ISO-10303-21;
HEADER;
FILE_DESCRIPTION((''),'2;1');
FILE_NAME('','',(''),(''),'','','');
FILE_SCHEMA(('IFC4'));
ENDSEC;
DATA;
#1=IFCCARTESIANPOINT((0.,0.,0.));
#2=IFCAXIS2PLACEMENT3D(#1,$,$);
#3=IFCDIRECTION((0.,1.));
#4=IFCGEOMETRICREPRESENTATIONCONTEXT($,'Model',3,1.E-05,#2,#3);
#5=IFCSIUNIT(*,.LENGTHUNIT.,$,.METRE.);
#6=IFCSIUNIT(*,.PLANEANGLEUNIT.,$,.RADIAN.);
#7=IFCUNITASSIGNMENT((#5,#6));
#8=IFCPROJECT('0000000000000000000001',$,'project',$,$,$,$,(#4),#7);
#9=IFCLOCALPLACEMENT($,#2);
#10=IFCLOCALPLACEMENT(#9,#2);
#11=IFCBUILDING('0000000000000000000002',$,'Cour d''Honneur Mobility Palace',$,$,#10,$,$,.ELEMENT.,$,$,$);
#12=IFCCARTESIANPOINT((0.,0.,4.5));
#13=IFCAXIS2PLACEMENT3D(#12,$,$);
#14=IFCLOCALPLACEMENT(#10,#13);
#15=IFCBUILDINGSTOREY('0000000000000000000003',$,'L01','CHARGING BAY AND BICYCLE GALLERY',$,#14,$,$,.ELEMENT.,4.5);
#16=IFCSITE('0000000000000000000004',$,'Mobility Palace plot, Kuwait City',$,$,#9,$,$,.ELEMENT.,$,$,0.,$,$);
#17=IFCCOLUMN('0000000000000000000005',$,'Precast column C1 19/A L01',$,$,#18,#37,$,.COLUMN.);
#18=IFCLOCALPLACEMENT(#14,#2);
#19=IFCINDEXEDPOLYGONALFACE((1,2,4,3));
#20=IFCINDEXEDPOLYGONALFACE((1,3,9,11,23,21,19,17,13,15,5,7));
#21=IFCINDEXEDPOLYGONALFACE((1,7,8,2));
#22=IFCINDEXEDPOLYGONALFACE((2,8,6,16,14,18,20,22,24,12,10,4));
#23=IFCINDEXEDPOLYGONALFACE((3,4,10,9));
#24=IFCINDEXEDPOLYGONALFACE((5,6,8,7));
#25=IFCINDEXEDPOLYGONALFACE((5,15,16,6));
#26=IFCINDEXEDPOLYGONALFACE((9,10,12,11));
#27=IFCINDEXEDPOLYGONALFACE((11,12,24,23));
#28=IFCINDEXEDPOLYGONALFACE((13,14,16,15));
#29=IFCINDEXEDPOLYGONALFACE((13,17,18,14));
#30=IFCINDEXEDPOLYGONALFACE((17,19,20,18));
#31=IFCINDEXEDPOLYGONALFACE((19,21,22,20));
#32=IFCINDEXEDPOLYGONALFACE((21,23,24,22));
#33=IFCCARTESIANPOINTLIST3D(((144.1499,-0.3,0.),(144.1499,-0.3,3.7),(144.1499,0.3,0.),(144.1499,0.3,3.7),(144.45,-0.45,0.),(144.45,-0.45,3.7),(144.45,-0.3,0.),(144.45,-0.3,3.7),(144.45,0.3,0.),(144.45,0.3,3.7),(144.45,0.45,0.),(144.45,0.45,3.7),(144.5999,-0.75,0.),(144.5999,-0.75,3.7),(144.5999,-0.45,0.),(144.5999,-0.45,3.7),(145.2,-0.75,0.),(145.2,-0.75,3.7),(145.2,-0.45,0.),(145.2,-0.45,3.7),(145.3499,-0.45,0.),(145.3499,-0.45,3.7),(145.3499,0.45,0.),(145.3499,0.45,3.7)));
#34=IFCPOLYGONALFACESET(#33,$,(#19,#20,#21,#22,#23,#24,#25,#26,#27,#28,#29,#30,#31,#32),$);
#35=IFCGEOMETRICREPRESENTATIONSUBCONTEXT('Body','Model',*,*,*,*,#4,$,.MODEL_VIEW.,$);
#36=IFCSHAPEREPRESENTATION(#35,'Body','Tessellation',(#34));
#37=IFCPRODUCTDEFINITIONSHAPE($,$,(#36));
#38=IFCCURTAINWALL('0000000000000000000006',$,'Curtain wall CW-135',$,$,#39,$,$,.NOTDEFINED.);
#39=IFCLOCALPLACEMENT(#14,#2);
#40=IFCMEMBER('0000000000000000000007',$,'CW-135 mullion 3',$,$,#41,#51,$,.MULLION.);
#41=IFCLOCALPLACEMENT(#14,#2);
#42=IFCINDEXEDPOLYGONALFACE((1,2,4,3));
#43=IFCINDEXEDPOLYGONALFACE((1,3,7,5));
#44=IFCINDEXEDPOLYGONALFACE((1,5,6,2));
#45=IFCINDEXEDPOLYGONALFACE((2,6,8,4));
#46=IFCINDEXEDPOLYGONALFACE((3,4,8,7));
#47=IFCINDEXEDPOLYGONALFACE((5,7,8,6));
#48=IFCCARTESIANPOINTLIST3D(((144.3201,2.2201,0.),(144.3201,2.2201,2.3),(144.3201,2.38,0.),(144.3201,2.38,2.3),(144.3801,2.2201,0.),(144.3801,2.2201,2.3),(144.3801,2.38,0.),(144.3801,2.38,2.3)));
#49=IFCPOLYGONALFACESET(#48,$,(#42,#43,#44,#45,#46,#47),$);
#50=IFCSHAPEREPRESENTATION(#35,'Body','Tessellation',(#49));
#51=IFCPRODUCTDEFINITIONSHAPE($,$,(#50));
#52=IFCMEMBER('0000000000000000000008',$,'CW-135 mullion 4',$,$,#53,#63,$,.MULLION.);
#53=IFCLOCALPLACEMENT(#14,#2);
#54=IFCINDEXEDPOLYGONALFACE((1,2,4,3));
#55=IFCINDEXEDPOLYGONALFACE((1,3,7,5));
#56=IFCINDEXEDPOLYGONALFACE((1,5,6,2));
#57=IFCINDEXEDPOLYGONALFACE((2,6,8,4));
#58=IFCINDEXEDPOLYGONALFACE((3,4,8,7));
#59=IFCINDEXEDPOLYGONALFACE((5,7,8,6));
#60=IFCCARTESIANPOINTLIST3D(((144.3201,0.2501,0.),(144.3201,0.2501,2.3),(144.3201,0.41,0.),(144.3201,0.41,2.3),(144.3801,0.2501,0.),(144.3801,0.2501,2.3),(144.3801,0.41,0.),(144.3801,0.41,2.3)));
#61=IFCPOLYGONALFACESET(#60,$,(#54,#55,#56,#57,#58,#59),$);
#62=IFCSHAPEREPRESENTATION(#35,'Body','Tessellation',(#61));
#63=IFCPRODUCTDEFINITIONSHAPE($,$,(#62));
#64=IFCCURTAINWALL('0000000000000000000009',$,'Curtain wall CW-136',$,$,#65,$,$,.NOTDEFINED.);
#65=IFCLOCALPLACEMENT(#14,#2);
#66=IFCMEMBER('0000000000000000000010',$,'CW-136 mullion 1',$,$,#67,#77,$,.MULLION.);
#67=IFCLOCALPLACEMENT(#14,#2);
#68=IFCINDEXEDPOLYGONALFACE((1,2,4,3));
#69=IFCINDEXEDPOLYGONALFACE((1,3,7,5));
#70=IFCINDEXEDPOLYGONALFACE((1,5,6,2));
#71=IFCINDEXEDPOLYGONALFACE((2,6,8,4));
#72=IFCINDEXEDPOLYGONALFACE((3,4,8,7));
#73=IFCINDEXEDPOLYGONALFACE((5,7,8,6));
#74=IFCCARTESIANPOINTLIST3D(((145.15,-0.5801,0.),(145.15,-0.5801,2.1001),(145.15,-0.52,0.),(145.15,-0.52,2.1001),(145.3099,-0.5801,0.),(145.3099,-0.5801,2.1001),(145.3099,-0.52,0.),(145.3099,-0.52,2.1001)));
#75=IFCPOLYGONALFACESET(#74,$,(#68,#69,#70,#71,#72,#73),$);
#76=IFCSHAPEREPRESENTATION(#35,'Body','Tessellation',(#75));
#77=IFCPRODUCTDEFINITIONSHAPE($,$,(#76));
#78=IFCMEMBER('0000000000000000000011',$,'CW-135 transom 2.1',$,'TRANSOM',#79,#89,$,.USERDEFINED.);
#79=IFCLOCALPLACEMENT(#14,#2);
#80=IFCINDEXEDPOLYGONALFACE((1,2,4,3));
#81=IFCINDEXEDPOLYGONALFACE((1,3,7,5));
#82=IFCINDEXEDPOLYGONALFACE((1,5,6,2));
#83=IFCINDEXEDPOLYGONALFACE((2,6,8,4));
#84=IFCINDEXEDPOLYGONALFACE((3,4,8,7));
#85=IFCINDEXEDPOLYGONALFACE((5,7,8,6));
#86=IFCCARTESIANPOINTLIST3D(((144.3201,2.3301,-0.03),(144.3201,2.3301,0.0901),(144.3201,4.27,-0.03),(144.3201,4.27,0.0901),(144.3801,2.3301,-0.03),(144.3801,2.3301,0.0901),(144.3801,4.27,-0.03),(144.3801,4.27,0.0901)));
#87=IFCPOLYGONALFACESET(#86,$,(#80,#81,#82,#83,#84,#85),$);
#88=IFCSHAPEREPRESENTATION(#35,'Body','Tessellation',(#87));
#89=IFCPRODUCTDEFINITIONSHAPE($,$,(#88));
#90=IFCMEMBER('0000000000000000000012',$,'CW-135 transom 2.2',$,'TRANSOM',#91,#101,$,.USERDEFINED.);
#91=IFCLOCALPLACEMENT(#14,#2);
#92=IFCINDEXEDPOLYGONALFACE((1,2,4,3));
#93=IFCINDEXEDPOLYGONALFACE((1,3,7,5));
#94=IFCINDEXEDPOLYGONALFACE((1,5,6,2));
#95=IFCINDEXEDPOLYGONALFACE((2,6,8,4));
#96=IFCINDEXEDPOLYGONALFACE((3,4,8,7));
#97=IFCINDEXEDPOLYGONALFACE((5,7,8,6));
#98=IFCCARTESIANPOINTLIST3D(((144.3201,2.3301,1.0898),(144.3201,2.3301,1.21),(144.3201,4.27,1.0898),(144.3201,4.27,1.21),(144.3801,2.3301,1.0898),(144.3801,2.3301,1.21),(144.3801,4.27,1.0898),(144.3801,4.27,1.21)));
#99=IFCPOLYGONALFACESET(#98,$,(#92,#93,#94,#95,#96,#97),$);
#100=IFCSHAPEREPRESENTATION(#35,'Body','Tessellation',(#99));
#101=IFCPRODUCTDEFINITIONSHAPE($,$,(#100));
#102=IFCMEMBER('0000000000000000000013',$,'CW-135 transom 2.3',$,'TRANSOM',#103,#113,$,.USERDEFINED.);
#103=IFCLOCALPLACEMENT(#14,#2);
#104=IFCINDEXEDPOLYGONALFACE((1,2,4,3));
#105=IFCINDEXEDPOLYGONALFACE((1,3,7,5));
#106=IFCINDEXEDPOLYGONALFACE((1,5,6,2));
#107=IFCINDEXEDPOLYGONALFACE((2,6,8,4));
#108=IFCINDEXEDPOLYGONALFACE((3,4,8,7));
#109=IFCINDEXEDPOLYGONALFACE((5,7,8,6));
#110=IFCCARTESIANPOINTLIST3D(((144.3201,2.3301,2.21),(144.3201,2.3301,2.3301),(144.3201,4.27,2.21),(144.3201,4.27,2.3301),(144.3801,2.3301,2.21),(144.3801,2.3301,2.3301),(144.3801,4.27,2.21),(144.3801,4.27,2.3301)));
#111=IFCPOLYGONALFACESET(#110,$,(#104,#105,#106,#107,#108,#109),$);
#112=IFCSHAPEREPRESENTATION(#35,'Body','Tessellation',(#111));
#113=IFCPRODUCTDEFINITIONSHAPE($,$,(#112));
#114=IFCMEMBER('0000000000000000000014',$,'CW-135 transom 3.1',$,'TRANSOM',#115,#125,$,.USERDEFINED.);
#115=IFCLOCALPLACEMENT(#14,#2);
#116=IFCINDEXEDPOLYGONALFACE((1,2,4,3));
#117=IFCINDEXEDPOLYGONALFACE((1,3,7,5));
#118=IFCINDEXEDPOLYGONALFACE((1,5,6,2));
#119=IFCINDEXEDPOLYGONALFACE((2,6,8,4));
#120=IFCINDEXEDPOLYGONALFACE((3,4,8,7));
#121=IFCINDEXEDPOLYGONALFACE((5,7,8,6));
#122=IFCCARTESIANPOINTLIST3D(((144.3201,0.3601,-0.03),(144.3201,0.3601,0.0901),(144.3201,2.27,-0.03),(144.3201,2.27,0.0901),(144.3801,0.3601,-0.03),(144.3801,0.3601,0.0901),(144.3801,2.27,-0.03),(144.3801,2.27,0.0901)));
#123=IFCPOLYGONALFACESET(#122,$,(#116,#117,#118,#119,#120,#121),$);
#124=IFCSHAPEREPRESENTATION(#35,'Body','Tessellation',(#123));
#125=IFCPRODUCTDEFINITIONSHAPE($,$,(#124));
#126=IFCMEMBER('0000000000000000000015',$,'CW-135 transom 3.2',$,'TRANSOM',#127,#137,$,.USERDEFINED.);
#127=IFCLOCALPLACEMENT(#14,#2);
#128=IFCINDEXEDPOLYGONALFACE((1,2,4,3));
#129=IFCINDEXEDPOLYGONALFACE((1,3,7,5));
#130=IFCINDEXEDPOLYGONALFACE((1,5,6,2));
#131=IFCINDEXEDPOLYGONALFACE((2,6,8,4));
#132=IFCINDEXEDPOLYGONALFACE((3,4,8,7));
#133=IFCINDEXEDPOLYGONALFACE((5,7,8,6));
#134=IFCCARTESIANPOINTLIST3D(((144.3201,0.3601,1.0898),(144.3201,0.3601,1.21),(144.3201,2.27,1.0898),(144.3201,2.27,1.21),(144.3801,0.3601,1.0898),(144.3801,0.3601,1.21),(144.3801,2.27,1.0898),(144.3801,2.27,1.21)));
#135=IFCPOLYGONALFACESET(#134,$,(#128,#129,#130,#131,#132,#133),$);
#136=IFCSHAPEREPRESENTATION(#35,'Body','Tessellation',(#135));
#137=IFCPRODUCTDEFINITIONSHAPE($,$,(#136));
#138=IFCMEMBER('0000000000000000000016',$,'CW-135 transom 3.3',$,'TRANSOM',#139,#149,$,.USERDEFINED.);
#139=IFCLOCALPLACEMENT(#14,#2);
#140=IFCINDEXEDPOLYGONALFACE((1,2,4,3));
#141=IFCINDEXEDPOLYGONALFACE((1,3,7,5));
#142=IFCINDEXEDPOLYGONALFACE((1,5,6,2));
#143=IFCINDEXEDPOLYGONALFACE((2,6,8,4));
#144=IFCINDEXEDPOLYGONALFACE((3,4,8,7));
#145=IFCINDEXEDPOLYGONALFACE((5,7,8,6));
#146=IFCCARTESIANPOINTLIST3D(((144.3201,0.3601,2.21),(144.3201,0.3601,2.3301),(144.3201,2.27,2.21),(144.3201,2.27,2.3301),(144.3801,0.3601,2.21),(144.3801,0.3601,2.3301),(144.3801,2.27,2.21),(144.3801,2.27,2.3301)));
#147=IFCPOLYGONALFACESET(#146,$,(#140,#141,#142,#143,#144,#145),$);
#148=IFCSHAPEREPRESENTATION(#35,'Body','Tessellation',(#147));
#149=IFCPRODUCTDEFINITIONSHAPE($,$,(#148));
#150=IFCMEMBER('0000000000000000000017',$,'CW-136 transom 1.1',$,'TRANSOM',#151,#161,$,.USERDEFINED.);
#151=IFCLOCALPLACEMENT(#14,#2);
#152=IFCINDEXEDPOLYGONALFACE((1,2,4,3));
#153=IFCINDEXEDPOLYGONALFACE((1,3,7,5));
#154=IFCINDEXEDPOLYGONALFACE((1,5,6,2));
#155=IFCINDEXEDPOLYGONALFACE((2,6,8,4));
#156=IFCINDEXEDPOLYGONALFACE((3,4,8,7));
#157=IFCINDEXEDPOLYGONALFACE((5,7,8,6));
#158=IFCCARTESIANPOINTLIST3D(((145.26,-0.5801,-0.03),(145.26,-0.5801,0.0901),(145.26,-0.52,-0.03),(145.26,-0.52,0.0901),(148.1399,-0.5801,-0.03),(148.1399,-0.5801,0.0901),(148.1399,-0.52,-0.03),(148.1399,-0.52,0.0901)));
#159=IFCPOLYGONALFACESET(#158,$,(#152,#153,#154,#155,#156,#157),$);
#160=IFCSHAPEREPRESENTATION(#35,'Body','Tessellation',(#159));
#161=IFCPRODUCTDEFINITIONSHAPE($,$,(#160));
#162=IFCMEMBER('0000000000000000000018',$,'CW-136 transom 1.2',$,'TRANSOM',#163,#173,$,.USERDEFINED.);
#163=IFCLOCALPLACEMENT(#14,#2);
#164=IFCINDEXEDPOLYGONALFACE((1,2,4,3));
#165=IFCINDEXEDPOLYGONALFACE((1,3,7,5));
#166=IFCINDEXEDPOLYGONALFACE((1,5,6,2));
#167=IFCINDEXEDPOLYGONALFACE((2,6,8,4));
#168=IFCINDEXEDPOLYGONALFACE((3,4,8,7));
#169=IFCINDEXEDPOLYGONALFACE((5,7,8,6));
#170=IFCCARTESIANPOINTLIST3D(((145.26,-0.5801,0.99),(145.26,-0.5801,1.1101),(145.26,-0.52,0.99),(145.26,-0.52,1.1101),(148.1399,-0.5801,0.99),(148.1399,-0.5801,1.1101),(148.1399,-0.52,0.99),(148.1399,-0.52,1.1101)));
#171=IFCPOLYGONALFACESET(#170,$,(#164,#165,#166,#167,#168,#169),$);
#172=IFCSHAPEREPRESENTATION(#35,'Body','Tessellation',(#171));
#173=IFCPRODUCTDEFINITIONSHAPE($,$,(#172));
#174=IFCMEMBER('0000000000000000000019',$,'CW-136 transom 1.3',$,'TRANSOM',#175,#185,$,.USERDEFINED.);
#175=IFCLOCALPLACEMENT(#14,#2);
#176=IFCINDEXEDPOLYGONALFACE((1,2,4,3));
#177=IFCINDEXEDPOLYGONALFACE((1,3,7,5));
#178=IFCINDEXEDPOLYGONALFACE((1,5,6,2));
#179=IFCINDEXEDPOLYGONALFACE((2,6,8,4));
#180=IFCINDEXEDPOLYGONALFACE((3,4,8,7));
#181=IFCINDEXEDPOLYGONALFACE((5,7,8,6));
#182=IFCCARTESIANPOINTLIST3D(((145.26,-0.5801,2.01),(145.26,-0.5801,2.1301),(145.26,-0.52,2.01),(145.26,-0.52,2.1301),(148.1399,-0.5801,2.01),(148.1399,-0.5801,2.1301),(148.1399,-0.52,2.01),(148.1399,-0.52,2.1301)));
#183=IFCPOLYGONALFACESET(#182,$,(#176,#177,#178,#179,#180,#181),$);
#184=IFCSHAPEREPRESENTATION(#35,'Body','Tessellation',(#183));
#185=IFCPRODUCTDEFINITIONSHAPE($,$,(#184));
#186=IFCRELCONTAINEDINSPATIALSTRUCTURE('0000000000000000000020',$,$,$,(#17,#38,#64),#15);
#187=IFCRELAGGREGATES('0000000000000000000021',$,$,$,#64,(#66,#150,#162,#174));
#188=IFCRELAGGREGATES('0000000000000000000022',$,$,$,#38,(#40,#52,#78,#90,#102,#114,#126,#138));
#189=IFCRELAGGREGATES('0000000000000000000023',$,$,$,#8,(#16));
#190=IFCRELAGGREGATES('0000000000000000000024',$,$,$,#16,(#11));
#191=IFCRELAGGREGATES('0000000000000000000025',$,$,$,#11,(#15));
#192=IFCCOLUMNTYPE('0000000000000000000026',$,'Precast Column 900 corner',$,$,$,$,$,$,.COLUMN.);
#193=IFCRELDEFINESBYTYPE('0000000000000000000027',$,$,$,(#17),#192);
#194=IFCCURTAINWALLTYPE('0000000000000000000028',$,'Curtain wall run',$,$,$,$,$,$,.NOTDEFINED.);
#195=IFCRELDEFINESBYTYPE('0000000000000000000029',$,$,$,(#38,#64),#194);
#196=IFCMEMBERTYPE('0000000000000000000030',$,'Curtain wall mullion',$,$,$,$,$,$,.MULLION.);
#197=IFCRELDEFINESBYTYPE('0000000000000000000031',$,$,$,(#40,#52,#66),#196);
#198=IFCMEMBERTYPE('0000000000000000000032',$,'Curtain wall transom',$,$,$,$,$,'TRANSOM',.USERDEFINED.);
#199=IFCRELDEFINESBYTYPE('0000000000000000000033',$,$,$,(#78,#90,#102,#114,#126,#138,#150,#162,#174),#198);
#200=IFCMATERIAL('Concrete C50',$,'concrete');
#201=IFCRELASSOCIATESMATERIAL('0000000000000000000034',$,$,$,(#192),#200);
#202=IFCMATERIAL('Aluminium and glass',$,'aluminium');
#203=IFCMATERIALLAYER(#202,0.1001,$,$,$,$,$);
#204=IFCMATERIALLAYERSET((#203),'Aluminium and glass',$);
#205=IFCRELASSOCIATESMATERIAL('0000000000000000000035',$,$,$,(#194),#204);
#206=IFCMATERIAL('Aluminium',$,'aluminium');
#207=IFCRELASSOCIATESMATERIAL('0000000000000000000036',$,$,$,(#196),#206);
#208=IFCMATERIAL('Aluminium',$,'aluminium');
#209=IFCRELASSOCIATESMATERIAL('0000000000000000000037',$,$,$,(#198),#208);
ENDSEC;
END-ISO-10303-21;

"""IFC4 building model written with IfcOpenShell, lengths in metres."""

from ifc_helpers import new_model, si_unit, direction, frame, origin, origin_2d, place, context, subcontext, project, spatial, polyline, rectangle, outline, extrude, material, layer, layer_set, material_profile, profile_set, type_object, element, aggregate, save


model = new_model("IFC4")

# Units and contexts
model_context = context("Model", 3, precision=1e-05, world=origin(), true_north=direction((0.0, 1.0)))
body_context = subcontext(model_context, "Body", "Model", "MODEL_VIEW")
ifc_project = project(units=[si_unit("LENGTHUNIT", "METRE"), si_unit("PLANEANGLEUNIT", "RADIAN")], contexts=[model_context])

# Site, building, storey
site_placement = place(None, origin())
site = spatial("IfcSite", under=ifc_project, at=site_placement, Name="Mobility Palace plot, Kuwait City", CompositionType="ELEMENT", RefElevation=0.0)
building_placement = place(site_placement, origin())
building = spatial("IfcBuilding", under=site, at=building_placement, Name="Cour d'Honneur Mobility Palace", CompositionType="ELEMENT")
storey_placement = place(building_placement, frame((0.0, 0.0, 4.5)))
storey = spatial("IfcBuildingStorey", under=building, at=storey_placement, Name="L01", Description="CHARGING BAY AND BICYCLE GALLERY", CompositionType="ELEMENT", Elevation=4.5)

# Column
ifc_material_1 = material(Name="Concrete C50", Category="concrete")
ifc_material_profile_1 = material_profile(ifc_material_1, outline(polyline([(-0.45, -0.45), (0.45, -0.45), (0.45, -0.3), (0.75, -0.3), (0.75, 0.3), (0.45, 0.3), (0.45, 0.45), (0.3, 0.45), (0.3, 0.75), (-0.3, 0.75), (-0.3, 0.45), (-0.45, 0.45), (-0.45, -0.45)])), Name="PC C900 corner")
ifc_profile_set_1 = profile_set([ifc_material_profile_1], Name="Concrete C50")
column_type = type_object("IfcColumnType", Name="Precast Column 900 corner", PredefinedType="COLUMN", material=ifc_profile_set_1)
column_placement = place(storey_placement, frame((144.8999, 0.0, 0.0), z_axis=(0.0, 0.0, 1.0), x_axis=(-1.0, 0.0, 0.0)))
element("IfcColumn", 1, at=column_placement, inside=storey, type_object=column_type, Name="Precast column C1 19/A L01", PredefinedType="COLUMN", context=body_context, shape_type="SweptSolid", body=[
    extrude(outline(polyline([(-0.45, -0.45), (0.45, -0.45), (0.45, -0.3), (0.75, -0.3), (0.75, 0.3), (0.45, 0.3), (0.45, 0.45), (0.3, 0.45), (0.3, 0.75), (-0.3, 0.75), (-0.3, 0.45), (-0.45, 0.45), (-0.45, -0.45)])), origin(), (0.0, 0.0, 1.0), 3.7),
])

# Curtain wall, members
ifc_material_2 = material(Name="Aluminium and glass", Category="aluminium")
ifc_layer_1 = layer(ifc_material_2, 0.1001)
ifc_layer_set_1 = layer_set([ifc_layer_1], Name="Aluminium and glass")
curtain_wall_type = type_object("IfcCurtainWallType", Name="Curtain wall run", PredefinedType="NOTDEFINED", material=ifc_layer_set_1)
curtain_wall_1_placement = place(storey_placement, origin())
curtain_wall_1 = element("IfcCurtainWall", 2, at=curtain_wall_1_placement, inside=storey, type_object=curtain_wall_type, Name="Curtain wall CW-135", PredefinedType="NOTDEFINED")
ifc_material_3 = material(Name="Aluminium", Category="aluminium")
ifc_material_profile_2 = material_profile(ifc_material_3, rectangle(XDim=0.0601, YDim=0.1599, at=origin_2d()), Name="Curtain wall mullion")
ifc_profile_set_2 = profile_set([ifc_material_profile_2], Name="Aluminium")
member_type_1 = type_object("IfcMemberType", Name="Curtain wall mullion", PredefinedType="MULLION", material=ifc_profile_set_2)
member_1_placement = place(storey_placement, frame((144.3501, 2.3, 0.0), z_axis=(0.0, 0.0, 1.0), x_axis=(1.0, 0.0, 0.0)))
member_1 = element("IfcMember", 3, at=member_1_placement, type_object=member_type_1, Name="CW-135 mullion 3", PredefinedType="MULLION", context=body_context, shape_type="SweptSolid", body=[
    extrude(rectangle(XDim=0.0601, YDim=0.1599, at=origin_2d()), origin(), (0.0, 0.0, 1.0), 2.3),
])
member_2_placement = place(storey_placement, frame((144.3501, 0.3301, 0.0), z_axis=(0.0, 0.0, 1.0), x_axis=(1.0, 0.0, 0.0)))
member_2 = element("IfcMember", 4, at=member_2_placement, type_object=member_type_1, Name="CW-135 mullion 4", PredefinedType="MULLION", context=body_context, shape_type="SweptSolid", body=[
    extrude(rectangle(XDim=0.0601, YDim=0.1599, at=origin_2d()), origin(), (0.0, 0.0, 1.0), 2.3),
])

# Curtain wall, member
curtain_wall_2_placement = place(storey_placement, origin())
curtain_wall_2 = element("IfcCurtainWall", 5, at=curtain_wall_2_placement, inside=storey, type_object=curtain_wall_type, Name="Curtain wall CW-136", PredefinedType="NOTDEFINED")
member_3_placement = place(storey_placement, frame((145.23, -0.55, 0.0), z_axis=(0.0, 0.0, 1.0), x_axis=(0.0, 1.0, 0.0)))
member_3 = element("IfcMember", 6, at=member_3_placement, type_object=member_type_1, Name="CW-136 mullion 1", PredefinedType="MULLION", context=body_context, shape_type="SweptSolid", body=[
    extrude(rectangle(XDim=0.0601, YDim=0.1599, at=origin_2d()), origin(), (0.0, 0.0, 1.0), 2.1001),
])

# Members
ifc_material_4 = material(Name="Aluminium", Category="aluminium")
ifc_material_profile_3 = material_profile(ifc_material_4, rectangle(XDim=0.0601, YDim=0.1201, at=origin_2d()), Name="Curtain wall transom")
ifc_profile_set_3 = profile_set([ifc_material_profile_3], Name="Aluminium")
member_type_2 = type_object("IfcMemberType", Name="Curtain wall transom", ElementType="TRANSOM", PredefinedType="USERDEFINED", material=ifc_profile_set_3)
member_4_placement = place(storey_placement, frame((144.3501, 4.27, 0.03), z_axis=(0.0, -1.0, 0.0), x_axis=(1.0, 0.0, 0.0)))
member_4 = element("IfcMember", 7, at=member_4_placement, type_object=member_type_2, Name="CW-135 transom 2.1", ObjectType="TRANSOM", PredefinedType="USERDEFINED", context=body_context, shape_type="SweptSolid", body=[
    extrude(rectangle(XDim=0.0601, YDim=0.1201, at=origin_2d()), origin(), (0.0, 0.0, 1.0), 1.9399),
])
member_5_placement = place(storey_placement, frame((144.3501, 4.27, 1.1499), z_axis=(0.0, -1.0, 0.0), x_axis=(1.0, 0.0, 0.0)))
member_5 = element("IfcMember", 8, at=member_5_placement, type_object=member_type_2, Name="CW-135 transom 2.2", ObjectType="TRANSOM", PredefinedType="USERDEFINED", context=body_context, shape_type="SweptSolid", body=[
    extrude(rectangle(XDim=0.0601, YDim=0.1201, at=origin_2d()), origin(), (0.0, 0.0, 1.0), 1.9399),
])
member_6_placement = place(storey_placement, frame((144.3501, 4.27, 2.27), z_axis=(0.0, -1.0, 0.0), x_axis=(1.0, 0.0, 0.0)))
member_6 = element("IfcMember", 9, at=member_6_placement, type_object=member_type_2, Name="CW-135 transom 2.3", ObjectType="TRANSOM", PredefinedType="USERDEFINED", context=body_context, shape_type="SweptSolid", body=[
    extrude(rectangle(XDim=0.0601, YDim=0.1201, at=origin_2d()), origin(), (0.0, 0.0, 1.0), 1.9399),
])
member_7_placement = place(storey_placement, frame((144.3501, 2.27, 0.03), z_axis=(0.0, -1.0, 0.0), x_axis=(1.0, 0.0, 0.0)))
member_7 = element("IfcMember", 10, at=member_7_placement, type_object=member_type_2, Name="CW-135 transom 3.1", ObjectType="TRANSOM", PredefinedType="USERDEFINED", context=body_context, shape_type="SweptSolid", body=[
    extrude(rectangle(XDim=0.0601, YDim=0.1201, at=origin_2d()), origin(), (0.0, 0.0, 1.0), 1.9099),
])
member_8_placement = place(storey_placement, frame((144.3501, 2.27, 1.1499), z_axis=(0.0, -1.0, 0.0), x_axis=(1.0, 0.0, 0.0)))
member_8 = element("IfcMember", 11, at=member_8_placement, type_object=member_type_2, Name="CW-135 transom 3.2", ObjectType="TRANSOM", PredefinedType="USERDEFINED", context=body_context, shape_type="SweptSolid", body=[
    extrude(rectangle(XDim=0.0601, YDim=0.1201, at=origin_2d()), origin(), (0.0, 0.0, 1.0), 1.9099),
])
member_9_placement = place(storey_placement, frame((144.3501, 2.27, 2.27), z_axis=(0.0, -1.0, 0.0), x_axis=(1.0, 0.0, 0.0)))
member_9 = element("IfcMember", 12, at=member_9_placement, type_object=member_type_2, Name="CW-135 transom 3.3", ObjectType="TRANSOM", PredefinedType="USERDEFINED", context=body_context, shape_type="SweptSolid", body=[
    extrude(rectangle(XDim=0.0601, YDim=0.1201, at=origin_2d()), origin(), (0.0, 0.0, 1.0), 1.9099),
])
member_10_placement = place(storey_placement, frame((145.26, -0.55, 0.03), z_axis=(1.0, 0.0, 0.0), x_axis=(0.0, 1.0, 0.0)))
member_10 = element("IfcMember", 13, at=member_10_placement, type_object=member_type_2, Name="CW-136 transom 1.1", ObjectType="TRANSOM", PredefinedType="USERDEFINED", context=body_context, shape_type="SweptSolid", body=[
    extrude(rectangle(XDim=0.0601, YDim=0.1201, at=origin_2d()), origin(), (0.0, 0.0, 1.0), 2.8799),
])
member_11_placement = place(storey_placement, frame((145.26, -0.55, 1.05), z_axis=(1.0, 0.0, 0.0), x_axis=(0.0, 1.0, 0.0)))
member_11 = element("IfcMember", 14, at=member_11_placement, type_object=member_type_2, Name="CW-136 transom 1.2", ObjectType="TRANSOM", PredefinedType="USERDEFINED", context=body_context, shape_type="SweptSolid", body=[
    extrude(rectangle(XDim=0.0601, YDim=0.1201, at=origin_2d()), origin(), (0.0, 0.0, 1.0), 2.8799),
])
member_12_placement = place(storey_placement, frame((145.26, -0.55, 2.0701), z_axis=(1.0, 0.0, 0.0), x_axis=(0.0, 1.0, 0.0)))
member_12 = element("IfcMember", 15, at=member_12_placement, type_object=member_type_2, Name="CW-136 transom 1.3", ObjectType="TRANSOM", PredefinedType="USERDEFINED", context=body_context, shape_type="SweptSolid", body=[
    extrude(rectangle(XDim=0.0601, YDim=0.1201, at=origin_2d()), origin(), (0.0, 0.0, 1.0), 2.8799),
])
aggregate(curtain_wall_2, [member_3, member_10, member_11, member_12])

aggregate(curtain_wall_1, [member_1, member_2, member_4, member_5, member_6, member_7, member_8, member_9])

save(model, "model.ifc")
